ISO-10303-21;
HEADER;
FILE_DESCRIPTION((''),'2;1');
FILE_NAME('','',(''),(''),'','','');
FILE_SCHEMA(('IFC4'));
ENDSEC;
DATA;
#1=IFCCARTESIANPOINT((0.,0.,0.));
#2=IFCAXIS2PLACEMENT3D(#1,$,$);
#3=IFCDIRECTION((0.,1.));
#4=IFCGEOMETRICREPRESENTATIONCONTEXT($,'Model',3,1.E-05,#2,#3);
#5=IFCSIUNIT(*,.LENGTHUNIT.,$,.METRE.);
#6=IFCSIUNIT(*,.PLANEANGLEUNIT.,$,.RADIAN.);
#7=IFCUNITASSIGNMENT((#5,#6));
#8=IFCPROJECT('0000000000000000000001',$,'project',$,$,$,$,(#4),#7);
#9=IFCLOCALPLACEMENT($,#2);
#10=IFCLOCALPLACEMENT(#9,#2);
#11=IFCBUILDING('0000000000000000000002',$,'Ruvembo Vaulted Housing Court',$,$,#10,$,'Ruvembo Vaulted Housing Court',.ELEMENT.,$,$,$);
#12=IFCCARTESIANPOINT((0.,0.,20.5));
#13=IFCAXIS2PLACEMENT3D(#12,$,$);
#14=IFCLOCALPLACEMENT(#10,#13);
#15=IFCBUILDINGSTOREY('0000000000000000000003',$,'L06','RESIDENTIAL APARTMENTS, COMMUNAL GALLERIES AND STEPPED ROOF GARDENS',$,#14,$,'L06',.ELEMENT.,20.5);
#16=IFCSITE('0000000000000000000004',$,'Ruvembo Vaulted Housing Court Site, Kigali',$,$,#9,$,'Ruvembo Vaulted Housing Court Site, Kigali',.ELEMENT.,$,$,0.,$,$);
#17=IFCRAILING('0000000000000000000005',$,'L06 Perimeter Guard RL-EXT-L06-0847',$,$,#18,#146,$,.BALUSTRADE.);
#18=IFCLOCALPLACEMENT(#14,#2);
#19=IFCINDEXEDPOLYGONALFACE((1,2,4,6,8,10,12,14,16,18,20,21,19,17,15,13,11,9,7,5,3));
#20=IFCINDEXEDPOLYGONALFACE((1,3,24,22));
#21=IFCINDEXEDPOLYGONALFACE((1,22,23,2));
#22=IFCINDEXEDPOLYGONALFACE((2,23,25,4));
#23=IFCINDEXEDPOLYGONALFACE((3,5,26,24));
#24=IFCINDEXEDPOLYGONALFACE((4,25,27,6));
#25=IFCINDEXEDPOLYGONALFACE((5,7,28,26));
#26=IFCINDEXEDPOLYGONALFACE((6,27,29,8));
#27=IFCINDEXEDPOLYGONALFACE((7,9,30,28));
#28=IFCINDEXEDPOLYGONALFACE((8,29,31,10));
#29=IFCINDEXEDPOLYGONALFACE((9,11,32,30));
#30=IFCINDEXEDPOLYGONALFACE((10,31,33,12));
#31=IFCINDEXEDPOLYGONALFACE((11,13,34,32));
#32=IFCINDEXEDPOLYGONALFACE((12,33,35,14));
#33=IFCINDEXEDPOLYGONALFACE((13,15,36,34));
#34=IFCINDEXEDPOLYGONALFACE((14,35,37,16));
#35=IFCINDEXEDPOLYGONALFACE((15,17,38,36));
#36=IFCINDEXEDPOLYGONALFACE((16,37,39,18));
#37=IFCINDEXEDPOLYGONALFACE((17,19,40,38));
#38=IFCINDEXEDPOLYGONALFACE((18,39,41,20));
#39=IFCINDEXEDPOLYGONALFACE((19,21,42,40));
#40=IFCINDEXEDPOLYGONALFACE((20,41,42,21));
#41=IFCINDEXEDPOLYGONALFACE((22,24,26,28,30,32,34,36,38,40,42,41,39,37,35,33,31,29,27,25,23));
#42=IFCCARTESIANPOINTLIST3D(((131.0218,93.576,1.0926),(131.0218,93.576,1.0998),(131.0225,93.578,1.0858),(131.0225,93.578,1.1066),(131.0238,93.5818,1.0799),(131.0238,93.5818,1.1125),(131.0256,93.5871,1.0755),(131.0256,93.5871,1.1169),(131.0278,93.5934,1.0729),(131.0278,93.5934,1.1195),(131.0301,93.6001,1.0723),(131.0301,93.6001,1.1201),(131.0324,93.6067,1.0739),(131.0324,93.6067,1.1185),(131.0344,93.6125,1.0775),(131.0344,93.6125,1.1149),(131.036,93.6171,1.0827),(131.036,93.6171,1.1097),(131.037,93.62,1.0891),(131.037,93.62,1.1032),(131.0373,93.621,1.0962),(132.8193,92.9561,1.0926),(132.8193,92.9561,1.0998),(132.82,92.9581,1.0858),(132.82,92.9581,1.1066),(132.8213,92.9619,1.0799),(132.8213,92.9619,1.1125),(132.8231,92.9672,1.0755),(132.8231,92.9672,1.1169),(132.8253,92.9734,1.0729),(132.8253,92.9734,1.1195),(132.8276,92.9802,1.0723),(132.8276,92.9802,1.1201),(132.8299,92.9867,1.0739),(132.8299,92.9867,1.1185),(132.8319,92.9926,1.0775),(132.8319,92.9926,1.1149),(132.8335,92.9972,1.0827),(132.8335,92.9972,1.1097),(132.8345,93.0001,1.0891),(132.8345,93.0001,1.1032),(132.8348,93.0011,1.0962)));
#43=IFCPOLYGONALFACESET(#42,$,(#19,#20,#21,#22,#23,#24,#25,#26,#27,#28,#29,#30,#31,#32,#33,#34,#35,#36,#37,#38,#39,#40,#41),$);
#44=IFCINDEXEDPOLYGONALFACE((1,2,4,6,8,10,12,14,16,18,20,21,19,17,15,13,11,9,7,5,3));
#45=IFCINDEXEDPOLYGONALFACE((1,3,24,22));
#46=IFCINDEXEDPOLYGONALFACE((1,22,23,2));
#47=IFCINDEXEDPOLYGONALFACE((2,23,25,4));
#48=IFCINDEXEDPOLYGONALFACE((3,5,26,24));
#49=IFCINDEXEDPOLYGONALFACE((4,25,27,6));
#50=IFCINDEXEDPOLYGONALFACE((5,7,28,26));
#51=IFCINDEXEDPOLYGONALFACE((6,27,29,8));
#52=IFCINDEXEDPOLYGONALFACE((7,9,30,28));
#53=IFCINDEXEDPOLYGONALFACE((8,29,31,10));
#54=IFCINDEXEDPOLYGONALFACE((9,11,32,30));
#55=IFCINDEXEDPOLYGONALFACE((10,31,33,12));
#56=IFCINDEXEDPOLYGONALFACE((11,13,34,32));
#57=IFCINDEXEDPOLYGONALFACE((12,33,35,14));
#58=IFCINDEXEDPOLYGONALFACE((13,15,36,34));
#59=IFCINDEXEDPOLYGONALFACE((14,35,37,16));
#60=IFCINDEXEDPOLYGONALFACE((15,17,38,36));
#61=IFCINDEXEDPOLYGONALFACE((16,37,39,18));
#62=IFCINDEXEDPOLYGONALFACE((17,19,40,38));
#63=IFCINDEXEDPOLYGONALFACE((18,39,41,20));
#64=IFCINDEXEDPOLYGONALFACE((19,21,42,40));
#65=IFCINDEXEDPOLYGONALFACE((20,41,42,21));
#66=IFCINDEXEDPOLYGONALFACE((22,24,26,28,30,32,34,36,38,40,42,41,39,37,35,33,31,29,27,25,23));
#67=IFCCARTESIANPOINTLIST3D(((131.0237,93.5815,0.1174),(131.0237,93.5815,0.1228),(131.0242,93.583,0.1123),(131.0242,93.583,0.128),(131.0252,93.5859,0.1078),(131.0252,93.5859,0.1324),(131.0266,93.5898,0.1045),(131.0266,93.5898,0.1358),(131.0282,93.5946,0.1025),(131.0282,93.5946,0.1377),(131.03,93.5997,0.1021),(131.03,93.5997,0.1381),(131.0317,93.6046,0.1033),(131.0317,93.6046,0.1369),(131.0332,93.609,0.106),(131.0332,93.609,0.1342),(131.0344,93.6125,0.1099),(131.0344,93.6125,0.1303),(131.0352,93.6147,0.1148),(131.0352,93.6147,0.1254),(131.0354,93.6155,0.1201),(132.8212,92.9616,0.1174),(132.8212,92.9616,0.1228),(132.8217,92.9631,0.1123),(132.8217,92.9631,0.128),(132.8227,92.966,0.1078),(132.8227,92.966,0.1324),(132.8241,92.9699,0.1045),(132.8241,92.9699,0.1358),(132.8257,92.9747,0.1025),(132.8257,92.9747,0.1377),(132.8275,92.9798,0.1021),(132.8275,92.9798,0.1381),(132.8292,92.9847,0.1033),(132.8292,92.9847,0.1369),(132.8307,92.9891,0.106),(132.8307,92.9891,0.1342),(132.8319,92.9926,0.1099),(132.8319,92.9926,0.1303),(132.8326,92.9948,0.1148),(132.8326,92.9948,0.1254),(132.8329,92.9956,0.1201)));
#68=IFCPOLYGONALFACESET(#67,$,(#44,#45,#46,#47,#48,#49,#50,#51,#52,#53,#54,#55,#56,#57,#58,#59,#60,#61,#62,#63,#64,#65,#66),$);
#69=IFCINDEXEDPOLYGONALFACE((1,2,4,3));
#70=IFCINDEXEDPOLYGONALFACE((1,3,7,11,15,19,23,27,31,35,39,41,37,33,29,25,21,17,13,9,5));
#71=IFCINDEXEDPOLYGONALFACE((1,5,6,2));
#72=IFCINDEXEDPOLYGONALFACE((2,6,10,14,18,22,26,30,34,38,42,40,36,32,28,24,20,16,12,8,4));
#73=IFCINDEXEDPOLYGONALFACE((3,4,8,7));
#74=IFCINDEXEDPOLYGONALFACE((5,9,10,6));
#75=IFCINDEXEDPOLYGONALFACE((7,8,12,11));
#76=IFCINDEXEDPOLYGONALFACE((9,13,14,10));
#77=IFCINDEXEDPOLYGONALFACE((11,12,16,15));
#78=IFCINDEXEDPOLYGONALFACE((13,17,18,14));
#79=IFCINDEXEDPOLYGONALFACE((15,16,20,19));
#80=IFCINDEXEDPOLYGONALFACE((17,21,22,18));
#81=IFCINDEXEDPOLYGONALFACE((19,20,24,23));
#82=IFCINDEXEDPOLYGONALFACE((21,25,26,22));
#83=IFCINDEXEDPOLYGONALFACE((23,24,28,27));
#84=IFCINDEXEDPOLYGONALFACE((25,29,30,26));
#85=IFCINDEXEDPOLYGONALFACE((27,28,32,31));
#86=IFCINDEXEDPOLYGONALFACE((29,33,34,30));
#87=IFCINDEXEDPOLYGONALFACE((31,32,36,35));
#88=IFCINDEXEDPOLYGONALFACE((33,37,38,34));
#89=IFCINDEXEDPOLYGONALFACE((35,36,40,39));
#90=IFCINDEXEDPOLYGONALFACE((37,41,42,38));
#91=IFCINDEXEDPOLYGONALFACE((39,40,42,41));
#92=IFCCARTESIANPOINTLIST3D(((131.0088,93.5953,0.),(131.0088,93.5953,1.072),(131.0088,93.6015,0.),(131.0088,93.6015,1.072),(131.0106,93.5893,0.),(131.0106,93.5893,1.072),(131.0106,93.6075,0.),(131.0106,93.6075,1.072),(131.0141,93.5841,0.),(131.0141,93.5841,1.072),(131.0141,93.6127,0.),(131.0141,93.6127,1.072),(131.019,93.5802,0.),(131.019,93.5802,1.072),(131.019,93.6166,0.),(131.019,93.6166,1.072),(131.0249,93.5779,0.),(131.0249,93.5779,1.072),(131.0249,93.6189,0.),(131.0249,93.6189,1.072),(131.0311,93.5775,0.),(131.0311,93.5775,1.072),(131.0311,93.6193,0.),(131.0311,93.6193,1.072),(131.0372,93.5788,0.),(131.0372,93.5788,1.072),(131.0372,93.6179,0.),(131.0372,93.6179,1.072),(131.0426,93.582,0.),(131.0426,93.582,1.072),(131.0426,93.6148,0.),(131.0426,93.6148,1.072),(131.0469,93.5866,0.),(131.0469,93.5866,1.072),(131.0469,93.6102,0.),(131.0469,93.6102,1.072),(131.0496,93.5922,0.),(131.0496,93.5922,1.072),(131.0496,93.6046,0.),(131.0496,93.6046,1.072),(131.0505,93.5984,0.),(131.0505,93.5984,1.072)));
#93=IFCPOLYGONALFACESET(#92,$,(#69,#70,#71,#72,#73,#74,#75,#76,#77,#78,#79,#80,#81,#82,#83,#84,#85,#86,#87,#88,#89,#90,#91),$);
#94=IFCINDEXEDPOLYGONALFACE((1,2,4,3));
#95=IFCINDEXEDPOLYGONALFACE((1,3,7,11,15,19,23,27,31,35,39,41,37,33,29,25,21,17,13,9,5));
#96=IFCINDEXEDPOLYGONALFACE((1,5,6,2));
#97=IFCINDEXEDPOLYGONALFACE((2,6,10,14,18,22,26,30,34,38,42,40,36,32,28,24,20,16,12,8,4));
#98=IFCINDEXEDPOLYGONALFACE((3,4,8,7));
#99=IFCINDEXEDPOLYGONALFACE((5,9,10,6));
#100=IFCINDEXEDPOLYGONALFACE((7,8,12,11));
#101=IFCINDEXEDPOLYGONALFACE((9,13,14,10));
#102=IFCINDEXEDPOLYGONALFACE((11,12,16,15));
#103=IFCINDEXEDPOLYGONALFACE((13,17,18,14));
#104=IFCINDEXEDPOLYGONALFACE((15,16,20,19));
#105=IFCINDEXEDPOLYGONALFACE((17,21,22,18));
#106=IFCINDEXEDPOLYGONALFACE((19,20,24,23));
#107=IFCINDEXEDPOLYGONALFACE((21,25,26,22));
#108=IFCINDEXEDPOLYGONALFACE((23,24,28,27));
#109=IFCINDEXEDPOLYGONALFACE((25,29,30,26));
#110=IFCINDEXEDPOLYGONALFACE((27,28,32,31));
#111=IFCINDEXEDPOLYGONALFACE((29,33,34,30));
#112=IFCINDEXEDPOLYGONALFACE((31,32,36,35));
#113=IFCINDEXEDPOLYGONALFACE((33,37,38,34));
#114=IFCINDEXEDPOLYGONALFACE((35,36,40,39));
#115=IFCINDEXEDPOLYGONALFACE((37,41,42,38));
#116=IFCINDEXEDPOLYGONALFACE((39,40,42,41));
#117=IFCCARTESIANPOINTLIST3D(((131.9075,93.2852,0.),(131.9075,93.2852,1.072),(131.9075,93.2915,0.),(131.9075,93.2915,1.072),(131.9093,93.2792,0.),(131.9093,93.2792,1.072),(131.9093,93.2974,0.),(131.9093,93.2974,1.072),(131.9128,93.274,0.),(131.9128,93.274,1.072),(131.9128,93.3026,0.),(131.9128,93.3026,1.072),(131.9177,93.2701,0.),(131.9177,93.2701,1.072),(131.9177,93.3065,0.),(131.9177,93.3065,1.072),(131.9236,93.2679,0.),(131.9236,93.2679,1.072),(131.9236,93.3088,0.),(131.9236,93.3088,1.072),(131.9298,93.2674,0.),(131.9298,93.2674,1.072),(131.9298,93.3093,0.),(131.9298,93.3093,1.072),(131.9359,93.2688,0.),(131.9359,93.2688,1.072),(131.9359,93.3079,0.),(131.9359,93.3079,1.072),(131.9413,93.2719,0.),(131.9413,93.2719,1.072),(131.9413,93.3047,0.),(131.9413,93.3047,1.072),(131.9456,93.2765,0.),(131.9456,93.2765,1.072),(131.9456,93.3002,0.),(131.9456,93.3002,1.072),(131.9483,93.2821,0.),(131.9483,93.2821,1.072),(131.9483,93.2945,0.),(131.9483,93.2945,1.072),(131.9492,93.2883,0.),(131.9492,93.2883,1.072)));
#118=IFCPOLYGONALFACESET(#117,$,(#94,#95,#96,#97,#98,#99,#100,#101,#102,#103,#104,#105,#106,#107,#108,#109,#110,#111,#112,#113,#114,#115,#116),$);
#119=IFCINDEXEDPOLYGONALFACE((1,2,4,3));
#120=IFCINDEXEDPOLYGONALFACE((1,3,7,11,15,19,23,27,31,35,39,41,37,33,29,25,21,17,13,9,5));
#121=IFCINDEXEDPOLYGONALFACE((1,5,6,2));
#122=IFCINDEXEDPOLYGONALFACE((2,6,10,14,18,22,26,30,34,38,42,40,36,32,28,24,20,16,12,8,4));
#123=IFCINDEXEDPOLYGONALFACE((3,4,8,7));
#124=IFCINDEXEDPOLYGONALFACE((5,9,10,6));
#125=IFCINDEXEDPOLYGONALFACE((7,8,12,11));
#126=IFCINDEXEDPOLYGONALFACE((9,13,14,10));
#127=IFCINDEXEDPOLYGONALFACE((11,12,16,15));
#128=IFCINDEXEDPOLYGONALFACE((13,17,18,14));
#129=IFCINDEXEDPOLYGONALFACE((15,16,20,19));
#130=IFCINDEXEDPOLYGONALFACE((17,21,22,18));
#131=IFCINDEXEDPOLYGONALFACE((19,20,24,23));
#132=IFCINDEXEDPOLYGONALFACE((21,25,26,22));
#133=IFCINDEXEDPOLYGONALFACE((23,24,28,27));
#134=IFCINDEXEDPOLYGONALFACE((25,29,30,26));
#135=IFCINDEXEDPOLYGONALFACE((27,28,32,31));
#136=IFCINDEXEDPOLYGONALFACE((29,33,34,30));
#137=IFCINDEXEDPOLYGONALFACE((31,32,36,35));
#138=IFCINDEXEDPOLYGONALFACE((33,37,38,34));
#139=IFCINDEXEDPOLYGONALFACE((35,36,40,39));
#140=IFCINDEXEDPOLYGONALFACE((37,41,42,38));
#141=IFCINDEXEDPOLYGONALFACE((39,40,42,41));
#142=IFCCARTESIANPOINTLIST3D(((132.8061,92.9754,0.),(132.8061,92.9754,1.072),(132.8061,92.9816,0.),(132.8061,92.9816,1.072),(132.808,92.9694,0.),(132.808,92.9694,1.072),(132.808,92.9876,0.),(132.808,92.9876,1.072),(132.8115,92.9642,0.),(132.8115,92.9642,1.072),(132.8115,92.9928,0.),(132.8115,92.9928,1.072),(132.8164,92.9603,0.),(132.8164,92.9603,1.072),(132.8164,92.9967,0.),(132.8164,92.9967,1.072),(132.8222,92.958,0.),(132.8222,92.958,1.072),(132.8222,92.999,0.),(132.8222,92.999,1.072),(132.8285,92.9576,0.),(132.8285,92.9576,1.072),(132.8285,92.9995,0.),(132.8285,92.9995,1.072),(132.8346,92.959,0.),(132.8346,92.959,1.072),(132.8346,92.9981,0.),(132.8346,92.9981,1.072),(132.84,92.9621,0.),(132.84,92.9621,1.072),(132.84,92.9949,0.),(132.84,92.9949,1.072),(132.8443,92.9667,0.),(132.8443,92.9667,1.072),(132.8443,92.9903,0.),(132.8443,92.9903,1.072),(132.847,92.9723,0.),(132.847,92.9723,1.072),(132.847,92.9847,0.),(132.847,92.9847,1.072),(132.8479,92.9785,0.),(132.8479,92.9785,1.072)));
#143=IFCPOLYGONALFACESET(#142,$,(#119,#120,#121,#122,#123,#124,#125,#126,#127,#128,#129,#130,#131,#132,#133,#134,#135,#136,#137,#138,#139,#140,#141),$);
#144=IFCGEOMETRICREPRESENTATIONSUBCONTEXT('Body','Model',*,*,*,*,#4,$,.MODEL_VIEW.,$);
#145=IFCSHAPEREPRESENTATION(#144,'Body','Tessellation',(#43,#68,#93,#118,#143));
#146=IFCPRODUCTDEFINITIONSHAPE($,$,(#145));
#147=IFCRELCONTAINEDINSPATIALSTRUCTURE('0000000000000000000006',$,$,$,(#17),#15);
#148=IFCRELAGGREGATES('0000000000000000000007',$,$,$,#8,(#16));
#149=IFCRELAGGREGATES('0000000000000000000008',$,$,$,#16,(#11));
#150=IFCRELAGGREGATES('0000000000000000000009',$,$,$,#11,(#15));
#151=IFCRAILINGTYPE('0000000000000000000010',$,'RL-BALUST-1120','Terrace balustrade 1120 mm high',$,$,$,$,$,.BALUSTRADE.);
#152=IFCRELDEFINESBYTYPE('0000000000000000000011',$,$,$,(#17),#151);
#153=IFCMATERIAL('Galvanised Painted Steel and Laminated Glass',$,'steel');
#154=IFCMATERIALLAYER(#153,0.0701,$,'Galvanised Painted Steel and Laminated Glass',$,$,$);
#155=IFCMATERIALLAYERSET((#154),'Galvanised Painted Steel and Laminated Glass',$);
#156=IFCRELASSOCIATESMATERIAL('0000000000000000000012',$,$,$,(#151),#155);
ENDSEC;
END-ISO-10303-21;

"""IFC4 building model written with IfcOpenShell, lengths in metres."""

from ifc_helpers import new_model, si_unit, direction, frame, origin, origin_2d, place, context, subcontext, project, spatial, circle, extrude, material, layer, layer_set, type_object, element, save


model = new_model("IFC4")

# Units and contexts
model_context = context("Model", 3, precision=1e-05, world=origin(), true_north=direction((0.0, 1.0)))
body_context = subcontext(model_context, "Body", "Model", "MODEL_VIEW")
ifc_project = project(units=[si_unit("LENGTHUNIT", "METRE"), si_unit("PLANEANGLEUNIT", "RADIAN")], contexts=[model_context])

# Site, building, storey
site_placement = place(None, origin())
site = spatial("IfcSite", under=ifc_project, at=site_placement, Name="Ruvembo Vaulted Housing Court Site, Kigali", LongName="Ruvembo Vaulted Housing Court Site, Kigali", CompositionType="ELEMENT", RefElevation=0.0)
building_placement = place(site_placement, origin())
building = spatial("IfcBuilding", under=site, at=building_placement, Name="Ruvembo Vaulted Housing Court", LongName="Ruvembo Vaulted Housing Court", CompositionType="ELEMENT")
storey_placement = place(building_placement, frame((0.0, 0.0, 20.5)))
storey = spatial("IfcBuildingStorey", under=building, at=storey_placement, Name="L06", Description="RESIDENTIAL APARTMENTS, COMMUNAL GALLERIES AND STEPPED ROOF GARDENS", LongName="L06", CompositionType="ELEMENT", Elevation=20.5)

# Railing
ifc_material_1 = material(Name="Galvanised Painted Steel and Laminated Glass", Category="steel")
ifc_layer = layer(ifc_material_1, 0.0701, Name="Galvanised Painted Steel and Laminated Glass")
ifc_layer_set = layer_set([ifc_layer], Name="Galvanised Painted Steel and Laminated Glass")
railing_type = type_object("IfcRailingType", Name="RL-BALUST-1120", Description="Terrace balustrade 1120 mm high", PredefinedType="BALUSTRADE", material=ifc_layer_set)
railing_1_placement = place(storey_placement, frame((131.0295, 93.5984, 0.0)))
element("IfcRailing", 1, at=railing_1_placement, inside=storey, type_object=railing_type, Name="L06 Perimeter Guard RL-EXT-L06-0847", PredefinedType="BALUSTRADE", context=body_context, shape_type="SweptSolid", body=[
    extrude(circle(Radius=0.0239, at=origin_2d()), frame((0.0, 0.0, 1.0962), z_axis=(0.945358, -0.326034, 0.0), x_axis=(0.326034, 0.945358, 0.0)), (0.0, 0.0, 1.0), 1.9014),
    extrude(circle(Radius=0.0181, at=origin_2d()), frame((0.0, 0.0, 0.1201), z_axis=(0.945358, -0.326034, 0.0), x_axis=(0.326034, 0.945358, 0.0)), (0.0, 0.0, 1.0), 1.9014),
    extrude(circle(Radius=0.021, at=origin_2d()), origin(), (0.0, 0.0, 1.0), 1.072),
    extrude(circle(Radius=0.021, at=origin_2d()), frame((0.8987, -0.3101, 0.0)), (0.0, 0.0, 1.0), 1.072),
    extrude(circle(Radius=0.021, at=origin_2d()), frame((1.7974, -0.6199, 0.0)), (0.0, 0.0, 1.0), 1.072),
])

save(model, "model.ifc")
